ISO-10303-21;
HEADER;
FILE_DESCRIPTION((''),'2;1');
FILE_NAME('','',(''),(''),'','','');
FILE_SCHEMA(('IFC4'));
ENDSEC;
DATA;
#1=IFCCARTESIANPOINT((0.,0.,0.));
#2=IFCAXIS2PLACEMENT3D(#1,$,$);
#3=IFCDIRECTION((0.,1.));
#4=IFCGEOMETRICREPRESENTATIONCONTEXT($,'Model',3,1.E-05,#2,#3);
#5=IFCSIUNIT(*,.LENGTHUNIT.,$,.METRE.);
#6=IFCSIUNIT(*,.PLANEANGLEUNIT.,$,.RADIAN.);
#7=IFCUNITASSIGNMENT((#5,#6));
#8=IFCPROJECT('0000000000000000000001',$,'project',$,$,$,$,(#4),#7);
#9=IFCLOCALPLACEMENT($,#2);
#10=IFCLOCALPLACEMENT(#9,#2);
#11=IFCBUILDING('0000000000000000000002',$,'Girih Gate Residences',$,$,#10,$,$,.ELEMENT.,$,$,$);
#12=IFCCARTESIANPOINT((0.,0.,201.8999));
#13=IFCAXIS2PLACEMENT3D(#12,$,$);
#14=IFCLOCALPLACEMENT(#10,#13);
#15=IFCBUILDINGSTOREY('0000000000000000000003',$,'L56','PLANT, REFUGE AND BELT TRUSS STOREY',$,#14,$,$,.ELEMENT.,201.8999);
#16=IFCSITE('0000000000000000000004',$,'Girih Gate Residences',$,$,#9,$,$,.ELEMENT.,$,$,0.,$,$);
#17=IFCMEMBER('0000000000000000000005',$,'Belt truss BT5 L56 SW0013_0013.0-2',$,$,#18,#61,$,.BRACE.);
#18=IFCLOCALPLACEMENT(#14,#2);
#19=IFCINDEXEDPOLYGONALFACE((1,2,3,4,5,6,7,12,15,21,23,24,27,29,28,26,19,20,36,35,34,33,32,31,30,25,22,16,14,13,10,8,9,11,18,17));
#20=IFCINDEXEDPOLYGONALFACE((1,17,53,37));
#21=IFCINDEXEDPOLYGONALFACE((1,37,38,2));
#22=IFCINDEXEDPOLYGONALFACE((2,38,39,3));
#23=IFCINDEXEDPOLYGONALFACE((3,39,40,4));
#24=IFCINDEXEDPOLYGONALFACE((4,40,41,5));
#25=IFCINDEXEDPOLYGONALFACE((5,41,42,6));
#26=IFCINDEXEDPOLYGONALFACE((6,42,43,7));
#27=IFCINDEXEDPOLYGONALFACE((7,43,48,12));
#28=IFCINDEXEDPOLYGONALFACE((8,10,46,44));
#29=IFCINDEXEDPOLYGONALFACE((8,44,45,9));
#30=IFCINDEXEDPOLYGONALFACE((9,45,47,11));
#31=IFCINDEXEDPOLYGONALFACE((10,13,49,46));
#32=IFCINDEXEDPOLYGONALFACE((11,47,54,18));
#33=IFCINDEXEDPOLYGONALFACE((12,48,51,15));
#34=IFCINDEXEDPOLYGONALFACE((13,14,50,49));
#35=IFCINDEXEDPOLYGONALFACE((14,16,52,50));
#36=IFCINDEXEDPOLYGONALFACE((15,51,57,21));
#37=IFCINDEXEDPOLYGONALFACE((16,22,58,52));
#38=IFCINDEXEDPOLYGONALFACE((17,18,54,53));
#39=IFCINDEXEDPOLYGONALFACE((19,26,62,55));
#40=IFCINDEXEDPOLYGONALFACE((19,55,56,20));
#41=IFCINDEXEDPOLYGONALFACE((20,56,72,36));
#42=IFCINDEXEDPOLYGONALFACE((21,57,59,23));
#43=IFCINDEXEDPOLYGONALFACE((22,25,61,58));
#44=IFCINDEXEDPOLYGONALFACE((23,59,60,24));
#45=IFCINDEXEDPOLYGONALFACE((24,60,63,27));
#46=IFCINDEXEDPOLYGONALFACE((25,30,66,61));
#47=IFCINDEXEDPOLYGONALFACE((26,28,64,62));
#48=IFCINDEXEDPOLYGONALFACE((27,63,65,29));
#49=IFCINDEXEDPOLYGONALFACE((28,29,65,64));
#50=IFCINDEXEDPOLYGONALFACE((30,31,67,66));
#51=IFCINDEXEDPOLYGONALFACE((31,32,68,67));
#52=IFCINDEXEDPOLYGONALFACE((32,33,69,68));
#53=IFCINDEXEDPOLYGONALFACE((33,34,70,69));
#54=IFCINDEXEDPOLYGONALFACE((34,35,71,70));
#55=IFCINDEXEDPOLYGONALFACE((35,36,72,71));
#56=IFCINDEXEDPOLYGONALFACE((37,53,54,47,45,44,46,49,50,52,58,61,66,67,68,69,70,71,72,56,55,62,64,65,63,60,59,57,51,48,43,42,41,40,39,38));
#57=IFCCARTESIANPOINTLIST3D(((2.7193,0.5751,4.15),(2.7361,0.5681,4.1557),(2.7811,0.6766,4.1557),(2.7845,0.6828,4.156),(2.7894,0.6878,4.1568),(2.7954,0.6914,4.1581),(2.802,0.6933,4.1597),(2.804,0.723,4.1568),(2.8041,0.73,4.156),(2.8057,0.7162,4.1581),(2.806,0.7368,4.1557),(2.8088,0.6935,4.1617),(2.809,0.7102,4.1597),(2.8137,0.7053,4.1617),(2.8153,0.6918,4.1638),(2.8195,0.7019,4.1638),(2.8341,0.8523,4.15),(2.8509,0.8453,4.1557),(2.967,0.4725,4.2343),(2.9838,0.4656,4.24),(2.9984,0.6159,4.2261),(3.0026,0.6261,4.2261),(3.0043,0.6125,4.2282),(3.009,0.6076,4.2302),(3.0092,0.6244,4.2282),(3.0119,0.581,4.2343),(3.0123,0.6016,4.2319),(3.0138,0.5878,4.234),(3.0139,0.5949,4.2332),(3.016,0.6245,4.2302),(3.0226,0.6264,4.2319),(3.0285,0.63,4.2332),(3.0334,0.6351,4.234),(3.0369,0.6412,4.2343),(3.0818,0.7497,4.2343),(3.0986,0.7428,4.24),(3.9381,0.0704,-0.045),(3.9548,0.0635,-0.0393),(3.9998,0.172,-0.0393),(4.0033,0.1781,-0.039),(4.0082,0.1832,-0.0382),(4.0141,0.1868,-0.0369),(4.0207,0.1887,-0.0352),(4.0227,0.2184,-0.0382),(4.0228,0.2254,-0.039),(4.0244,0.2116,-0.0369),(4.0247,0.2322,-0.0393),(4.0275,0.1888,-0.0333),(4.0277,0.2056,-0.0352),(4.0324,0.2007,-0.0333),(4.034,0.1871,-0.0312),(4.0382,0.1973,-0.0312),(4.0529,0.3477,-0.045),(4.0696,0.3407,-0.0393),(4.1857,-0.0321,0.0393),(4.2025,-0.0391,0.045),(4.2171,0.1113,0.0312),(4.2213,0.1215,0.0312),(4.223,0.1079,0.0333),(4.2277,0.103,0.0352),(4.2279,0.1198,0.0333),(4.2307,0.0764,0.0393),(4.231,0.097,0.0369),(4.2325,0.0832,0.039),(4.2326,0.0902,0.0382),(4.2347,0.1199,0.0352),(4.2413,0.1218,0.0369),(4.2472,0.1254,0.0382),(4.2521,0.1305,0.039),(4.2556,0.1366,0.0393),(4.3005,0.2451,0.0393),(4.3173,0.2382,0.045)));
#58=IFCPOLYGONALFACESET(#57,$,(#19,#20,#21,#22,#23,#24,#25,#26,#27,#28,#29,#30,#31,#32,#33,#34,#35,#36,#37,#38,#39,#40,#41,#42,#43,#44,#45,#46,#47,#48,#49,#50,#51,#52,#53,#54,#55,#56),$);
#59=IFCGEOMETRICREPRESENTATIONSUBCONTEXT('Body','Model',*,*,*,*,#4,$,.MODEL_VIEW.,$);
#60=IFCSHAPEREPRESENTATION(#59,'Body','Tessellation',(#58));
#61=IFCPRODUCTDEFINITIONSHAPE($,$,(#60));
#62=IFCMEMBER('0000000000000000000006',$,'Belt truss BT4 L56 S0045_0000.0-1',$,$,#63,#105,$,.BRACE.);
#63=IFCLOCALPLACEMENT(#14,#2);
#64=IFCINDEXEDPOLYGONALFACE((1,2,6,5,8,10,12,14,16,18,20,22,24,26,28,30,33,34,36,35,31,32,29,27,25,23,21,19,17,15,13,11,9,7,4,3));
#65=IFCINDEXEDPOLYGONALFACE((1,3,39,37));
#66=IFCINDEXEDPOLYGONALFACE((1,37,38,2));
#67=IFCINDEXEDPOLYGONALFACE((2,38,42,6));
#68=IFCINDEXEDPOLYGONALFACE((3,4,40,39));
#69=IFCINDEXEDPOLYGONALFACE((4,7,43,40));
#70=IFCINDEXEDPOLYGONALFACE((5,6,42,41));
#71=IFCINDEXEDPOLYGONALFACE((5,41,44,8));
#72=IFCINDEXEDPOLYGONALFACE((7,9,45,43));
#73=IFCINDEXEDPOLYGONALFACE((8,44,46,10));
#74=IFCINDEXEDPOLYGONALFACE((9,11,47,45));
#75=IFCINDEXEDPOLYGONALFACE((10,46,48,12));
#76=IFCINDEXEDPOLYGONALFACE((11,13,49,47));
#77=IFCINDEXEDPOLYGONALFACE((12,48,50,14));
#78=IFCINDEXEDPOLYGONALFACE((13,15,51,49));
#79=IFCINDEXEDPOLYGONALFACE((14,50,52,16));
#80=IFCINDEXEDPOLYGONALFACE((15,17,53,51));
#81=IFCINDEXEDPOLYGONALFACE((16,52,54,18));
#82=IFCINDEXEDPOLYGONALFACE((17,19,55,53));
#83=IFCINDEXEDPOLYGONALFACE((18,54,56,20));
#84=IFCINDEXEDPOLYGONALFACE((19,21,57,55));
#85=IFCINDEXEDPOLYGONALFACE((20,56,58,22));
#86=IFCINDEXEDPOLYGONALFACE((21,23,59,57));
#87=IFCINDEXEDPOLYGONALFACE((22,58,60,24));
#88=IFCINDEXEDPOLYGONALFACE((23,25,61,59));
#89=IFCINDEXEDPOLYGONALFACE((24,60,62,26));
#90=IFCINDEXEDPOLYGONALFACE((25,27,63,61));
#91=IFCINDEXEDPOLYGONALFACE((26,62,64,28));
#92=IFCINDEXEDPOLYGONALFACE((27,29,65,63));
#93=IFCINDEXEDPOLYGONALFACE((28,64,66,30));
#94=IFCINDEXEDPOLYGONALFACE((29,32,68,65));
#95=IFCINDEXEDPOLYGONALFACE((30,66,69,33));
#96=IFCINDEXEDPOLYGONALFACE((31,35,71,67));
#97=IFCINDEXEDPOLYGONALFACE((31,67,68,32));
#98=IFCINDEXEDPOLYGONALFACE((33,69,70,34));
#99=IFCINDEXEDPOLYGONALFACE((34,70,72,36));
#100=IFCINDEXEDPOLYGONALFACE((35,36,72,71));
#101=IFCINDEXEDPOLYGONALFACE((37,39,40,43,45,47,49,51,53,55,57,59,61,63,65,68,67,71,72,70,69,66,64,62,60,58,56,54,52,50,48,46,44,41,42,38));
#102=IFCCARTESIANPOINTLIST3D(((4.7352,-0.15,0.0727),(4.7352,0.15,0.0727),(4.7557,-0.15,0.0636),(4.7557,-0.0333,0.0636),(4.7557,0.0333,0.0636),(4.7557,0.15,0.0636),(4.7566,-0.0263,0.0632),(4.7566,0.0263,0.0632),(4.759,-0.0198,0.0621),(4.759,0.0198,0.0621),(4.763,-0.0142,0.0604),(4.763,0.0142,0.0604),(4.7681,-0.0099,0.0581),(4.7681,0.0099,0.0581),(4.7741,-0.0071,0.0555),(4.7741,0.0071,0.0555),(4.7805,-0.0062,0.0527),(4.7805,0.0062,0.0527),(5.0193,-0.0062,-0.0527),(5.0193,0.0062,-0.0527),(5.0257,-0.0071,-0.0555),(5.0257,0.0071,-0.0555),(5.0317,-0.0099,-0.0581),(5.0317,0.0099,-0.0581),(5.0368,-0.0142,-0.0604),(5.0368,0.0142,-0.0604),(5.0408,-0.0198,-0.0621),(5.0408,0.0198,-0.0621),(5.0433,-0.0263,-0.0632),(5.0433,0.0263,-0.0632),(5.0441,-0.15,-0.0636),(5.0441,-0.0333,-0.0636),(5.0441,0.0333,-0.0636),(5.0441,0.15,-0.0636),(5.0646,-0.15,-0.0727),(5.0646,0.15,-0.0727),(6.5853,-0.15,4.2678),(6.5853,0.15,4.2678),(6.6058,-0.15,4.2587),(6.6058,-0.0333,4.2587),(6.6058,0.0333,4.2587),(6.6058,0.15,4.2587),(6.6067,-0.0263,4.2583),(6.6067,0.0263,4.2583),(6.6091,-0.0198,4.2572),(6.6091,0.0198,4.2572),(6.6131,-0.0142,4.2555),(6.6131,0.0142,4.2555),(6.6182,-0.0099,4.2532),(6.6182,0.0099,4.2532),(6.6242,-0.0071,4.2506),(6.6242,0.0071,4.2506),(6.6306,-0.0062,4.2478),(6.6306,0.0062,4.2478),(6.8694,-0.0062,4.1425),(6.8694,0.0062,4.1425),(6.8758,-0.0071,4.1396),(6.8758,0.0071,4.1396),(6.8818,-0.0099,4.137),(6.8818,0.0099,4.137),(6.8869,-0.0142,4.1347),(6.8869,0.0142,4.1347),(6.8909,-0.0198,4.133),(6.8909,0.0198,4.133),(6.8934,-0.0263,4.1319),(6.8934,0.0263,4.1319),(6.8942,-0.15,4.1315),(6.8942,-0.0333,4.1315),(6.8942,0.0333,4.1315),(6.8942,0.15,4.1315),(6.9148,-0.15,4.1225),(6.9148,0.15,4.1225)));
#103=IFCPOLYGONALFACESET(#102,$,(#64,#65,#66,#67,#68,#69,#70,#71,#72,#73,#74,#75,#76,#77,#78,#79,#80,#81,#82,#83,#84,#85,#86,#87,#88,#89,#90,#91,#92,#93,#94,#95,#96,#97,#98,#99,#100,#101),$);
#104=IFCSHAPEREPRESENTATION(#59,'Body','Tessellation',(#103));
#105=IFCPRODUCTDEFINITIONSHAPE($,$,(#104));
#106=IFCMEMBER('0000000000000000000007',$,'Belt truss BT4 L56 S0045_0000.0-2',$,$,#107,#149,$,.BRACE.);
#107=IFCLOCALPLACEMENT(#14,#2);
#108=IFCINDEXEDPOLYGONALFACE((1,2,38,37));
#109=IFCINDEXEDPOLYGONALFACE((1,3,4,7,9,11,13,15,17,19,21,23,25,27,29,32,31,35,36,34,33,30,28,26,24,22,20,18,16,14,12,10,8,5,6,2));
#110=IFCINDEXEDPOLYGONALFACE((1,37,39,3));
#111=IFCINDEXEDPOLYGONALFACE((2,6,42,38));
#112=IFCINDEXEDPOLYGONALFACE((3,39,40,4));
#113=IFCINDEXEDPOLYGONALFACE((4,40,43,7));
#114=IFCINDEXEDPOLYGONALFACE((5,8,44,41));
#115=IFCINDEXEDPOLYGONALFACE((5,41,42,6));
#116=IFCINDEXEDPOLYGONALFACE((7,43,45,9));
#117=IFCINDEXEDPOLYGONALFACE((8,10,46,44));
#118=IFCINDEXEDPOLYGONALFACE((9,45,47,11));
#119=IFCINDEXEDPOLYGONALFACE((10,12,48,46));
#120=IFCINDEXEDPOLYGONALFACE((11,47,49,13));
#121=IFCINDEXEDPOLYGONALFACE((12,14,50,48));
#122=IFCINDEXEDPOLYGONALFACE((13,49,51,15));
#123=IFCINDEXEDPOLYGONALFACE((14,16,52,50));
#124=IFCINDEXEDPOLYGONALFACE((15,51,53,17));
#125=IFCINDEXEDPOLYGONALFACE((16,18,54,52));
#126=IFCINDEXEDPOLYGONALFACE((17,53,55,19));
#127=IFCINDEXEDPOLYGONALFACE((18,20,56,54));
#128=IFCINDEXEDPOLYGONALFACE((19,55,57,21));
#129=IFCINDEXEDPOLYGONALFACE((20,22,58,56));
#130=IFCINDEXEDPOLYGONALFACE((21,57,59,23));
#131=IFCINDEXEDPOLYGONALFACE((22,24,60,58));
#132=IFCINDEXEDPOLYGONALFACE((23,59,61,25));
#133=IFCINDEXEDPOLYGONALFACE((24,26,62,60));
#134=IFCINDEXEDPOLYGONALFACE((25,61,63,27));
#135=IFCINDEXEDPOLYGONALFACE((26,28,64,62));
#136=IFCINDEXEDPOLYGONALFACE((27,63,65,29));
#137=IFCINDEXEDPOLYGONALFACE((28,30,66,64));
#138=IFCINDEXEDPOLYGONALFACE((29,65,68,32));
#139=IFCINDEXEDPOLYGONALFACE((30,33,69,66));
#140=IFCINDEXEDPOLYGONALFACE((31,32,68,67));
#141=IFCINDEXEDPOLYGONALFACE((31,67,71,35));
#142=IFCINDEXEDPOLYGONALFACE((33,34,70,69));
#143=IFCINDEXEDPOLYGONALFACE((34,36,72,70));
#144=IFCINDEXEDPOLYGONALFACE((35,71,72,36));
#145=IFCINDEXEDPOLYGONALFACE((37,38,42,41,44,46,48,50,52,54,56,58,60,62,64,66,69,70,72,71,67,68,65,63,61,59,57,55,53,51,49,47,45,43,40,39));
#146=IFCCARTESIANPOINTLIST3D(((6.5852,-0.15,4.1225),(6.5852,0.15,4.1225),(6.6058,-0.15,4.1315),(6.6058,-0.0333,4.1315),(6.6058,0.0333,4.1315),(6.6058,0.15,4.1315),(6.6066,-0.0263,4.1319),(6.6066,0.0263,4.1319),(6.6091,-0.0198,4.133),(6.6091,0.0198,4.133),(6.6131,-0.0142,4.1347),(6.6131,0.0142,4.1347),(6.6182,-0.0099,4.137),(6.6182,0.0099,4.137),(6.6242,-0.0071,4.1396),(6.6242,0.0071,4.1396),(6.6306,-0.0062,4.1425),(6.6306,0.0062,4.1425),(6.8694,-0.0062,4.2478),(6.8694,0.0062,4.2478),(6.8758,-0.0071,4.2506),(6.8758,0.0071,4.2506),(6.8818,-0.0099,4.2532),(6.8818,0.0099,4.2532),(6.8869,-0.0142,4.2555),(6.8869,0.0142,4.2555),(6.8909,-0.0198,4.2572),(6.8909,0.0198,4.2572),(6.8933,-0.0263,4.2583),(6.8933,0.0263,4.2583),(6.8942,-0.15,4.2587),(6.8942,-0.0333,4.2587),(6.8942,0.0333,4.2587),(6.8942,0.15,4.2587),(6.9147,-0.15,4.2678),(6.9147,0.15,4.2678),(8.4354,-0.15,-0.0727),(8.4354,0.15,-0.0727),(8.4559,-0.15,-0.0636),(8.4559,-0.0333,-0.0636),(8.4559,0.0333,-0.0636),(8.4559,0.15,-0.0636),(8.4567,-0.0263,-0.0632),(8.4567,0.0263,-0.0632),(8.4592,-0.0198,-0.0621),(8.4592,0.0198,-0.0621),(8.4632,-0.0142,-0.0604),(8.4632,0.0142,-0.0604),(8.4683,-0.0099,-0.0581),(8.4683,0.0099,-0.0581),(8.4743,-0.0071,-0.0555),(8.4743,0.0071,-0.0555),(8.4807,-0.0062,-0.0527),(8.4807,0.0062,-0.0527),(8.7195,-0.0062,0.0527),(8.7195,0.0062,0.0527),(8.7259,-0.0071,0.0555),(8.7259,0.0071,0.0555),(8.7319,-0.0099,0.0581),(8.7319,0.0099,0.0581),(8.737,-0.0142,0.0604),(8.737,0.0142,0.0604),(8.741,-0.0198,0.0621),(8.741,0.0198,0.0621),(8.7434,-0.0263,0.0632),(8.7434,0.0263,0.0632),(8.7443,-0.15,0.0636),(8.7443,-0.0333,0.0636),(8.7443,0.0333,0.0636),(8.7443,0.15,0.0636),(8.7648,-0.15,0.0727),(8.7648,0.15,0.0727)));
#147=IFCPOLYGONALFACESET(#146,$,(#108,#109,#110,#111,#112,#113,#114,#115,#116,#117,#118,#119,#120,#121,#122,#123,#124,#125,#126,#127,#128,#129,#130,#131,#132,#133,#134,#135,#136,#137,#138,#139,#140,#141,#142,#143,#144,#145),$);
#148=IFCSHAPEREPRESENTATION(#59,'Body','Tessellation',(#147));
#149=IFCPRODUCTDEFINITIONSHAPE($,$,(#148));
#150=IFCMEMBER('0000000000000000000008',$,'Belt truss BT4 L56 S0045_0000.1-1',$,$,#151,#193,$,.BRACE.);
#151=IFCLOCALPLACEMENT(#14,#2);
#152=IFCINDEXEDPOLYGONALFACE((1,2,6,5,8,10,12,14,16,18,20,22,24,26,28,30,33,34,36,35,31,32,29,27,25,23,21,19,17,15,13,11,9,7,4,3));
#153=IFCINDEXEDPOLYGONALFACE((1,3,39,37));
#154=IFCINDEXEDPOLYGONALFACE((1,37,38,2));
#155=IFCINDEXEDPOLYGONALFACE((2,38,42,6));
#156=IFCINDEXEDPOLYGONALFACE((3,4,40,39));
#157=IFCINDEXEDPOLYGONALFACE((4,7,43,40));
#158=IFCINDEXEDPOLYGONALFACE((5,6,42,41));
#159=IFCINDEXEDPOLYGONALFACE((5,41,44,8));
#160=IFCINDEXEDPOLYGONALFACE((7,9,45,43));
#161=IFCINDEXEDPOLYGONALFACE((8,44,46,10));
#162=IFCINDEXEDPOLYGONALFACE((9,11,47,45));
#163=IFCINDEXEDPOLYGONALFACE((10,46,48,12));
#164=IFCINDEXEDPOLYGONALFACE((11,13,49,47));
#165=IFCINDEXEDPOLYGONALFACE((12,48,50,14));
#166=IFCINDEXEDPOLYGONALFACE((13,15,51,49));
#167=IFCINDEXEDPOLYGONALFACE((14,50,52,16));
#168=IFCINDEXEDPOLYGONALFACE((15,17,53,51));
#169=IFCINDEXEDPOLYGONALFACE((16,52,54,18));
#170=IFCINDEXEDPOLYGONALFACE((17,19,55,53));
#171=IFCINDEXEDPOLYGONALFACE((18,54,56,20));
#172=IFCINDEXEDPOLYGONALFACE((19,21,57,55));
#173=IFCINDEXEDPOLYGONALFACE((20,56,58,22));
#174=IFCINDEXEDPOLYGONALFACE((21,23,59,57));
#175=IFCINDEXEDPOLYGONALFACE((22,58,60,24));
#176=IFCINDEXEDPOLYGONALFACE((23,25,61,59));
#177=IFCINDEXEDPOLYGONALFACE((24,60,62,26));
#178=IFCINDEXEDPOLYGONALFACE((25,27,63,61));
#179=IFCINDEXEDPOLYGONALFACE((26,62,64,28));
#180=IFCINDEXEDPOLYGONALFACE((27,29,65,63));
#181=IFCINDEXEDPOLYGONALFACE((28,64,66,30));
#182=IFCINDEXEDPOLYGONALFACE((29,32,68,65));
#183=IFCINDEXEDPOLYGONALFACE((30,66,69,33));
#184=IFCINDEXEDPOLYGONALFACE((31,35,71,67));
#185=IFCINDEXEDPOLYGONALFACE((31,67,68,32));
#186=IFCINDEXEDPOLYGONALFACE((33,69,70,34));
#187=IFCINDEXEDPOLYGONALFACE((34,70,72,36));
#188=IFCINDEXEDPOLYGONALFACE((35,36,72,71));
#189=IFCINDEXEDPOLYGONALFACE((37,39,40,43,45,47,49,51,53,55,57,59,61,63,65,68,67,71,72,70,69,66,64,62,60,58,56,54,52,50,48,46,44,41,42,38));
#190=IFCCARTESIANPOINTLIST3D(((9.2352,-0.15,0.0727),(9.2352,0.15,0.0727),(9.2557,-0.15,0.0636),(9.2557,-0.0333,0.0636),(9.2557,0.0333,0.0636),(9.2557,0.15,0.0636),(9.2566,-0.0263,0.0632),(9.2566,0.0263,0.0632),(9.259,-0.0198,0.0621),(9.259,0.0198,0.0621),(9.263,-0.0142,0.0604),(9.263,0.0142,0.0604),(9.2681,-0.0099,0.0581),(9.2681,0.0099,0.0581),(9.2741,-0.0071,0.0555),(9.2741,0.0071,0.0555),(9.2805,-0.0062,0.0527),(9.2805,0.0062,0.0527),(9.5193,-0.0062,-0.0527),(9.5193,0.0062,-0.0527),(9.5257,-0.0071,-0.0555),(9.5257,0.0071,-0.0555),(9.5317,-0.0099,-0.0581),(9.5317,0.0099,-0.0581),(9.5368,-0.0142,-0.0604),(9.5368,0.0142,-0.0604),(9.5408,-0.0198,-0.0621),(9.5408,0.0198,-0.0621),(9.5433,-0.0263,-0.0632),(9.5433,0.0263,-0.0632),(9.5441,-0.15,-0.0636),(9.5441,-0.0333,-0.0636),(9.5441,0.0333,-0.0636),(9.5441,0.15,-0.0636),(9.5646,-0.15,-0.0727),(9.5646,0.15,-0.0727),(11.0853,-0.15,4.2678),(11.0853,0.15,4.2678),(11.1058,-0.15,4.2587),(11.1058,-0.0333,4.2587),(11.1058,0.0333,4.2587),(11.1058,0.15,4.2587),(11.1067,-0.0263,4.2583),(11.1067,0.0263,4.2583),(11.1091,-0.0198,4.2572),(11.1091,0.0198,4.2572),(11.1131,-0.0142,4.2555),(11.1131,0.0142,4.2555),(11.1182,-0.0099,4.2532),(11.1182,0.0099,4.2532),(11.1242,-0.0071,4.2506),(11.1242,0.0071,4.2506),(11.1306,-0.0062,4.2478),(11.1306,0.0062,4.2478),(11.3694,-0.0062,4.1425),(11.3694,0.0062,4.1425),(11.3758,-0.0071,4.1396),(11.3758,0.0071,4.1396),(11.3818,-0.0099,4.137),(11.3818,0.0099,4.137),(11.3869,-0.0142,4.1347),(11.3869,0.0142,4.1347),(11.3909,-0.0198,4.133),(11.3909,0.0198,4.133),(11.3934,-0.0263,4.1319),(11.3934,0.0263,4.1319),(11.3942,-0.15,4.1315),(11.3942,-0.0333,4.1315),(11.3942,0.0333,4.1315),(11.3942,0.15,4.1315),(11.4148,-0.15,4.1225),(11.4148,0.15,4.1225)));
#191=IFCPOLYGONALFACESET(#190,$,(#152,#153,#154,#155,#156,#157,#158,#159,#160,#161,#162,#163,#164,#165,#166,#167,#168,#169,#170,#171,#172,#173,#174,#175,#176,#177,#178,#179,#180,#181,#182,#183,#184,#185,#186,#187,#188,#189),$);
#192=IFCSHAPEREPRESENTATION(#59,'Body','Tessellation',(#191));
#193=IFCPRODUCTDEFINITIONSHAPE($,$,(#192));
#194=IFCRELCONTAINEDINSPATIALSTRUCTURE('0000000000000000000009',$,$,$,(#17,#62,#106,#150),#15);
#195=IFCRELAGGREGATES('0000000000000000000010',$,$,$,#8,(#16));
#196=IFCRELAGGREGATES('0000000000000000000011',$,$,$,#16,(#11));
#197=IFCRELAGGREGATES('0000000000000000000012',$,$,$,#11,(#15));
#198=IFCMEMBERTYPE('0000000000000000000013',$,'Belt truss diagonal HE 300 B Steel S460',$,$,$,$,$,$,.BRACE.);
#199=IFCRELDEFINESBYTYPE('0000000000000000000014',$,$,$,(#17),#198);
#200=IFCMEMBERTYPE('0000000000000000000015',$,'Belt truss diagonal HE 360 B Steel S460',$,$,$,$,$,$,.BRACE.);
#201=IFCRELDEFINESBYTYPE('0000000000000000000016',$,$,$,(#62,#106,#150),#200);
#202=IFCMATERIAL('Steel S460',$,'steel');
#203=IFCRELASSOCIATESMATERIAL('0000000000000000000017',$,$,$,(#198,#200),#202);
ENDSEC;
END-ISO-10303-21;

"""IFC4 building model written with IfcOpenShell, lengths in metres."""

from ifc_helpers import new_model, si_unit, direction, frame, origin, origin_2d, place, context, subcontext, project, spatial, i_section, extrude, material, material_profile, profile_set, type_object, element, save


model = new_model("IFC4")

# Units and contexts
model_context = context("Model", 3, precision=1e-05, world=origin(), true_north=direction((0.0, 1.0)))
body_context = subcontext(model_context, "Body", "Model", "MODEL_VIEW")
ifc_project = project(units=[si_unit("LENGTHUNIT", "METRE"), si_unit("PLANEANGLEUNIT", "RADIAN")], contexts=[model_context])

# Site, building, storey
site_placement = place(None, origin())
site = spatial("IfcSite", under=ifc_project, at=site_placement, Name="Girih Gate Residences", CompositionType="ELEMENT", RefElevation=0.0)
building_placement = place(site_placement, origin())
building = spatial("IfcBuilding", under=site, at=building_placement, Name="Girih Gate Residences", CompositionType="ELEMENT")
storey_placement = place(building_placement, frame((0.0, 0.0, 201.8999)))
storey = spatial("IfcBuildingStorey", under=building, at=storey_placement, Name="L56", Description="PLANT, REFUGE AND BELT TRUSS STOREY", CompositionType="ELEMENT", Elevation=201.8999)

# Members
ifc_material_1 = material(Name="Steel S460", Category="steel")
ifc_material_profile_1 = material_profile(ifc_material_1, i_section(OverallWidth=0.3, OverallDepth=0.3, WebThickness=0.011, FlangeThickness=0.019, FilletRadius=0.0271, at=origin_2d()))
ifc_profile_set_1 = profile_set([ifc_material_profile_1], Name="Steel S460")
member_type_1 = type_object("IfcMemberType", Name="Belt truss diagonal HE 300 B Steel S460", PredefinedType="BRACE", material=ifc_profile_set_1)
member_1_placement = place(storey_placement, frame((4.1277, 0.1543, 0.0), z_axis=(-0.277142, 0.114754, 0.953952), x_axis=(-0.382564, -0.923929, 0.0)))
element("IfcMember", 1, at=member_1_placement, inside=storey, type_object=member_type_1, Name="Belt truss BT5 L56 SW0013_0013.0-2", PredefinedType="BRACE", context=body_context, shape_type="SweptSolid", body=[
    extrude(i_section(OverallWidth=0.3, OverallDepth=0.3, WebThickness=0.011, FlangeThickness=0.019, FilletRadius=0.0271, at=origin_2d()), origin(), (0.0, 0.0, 1.0), 4.3975),
])
ifc_material_profile_2 = material_profile(ifc_material_1, i_section(OverallWidth=0.3, OverallDepth=0.3601, WebThickness=0.0125, FlangeThickness=0.0225, FilletRadius=0.0271, at=origin_2d()))
ifc_profile_set_2 = profile_set([ifc_material_profile_2], Name="Steel S460")
member_type_2 = type_object("IfcMemberType", Name="Belt truss diagonal HE 360 B Steel S460", PredefinedType="BRACE", material=ifc_profile_set_2)
for number, where, z_axis, x_axis, name in (
    (2, (4.8999, 0.0, 0.0), (0.403518, 0.0, 0.914972), (0.0, 1.0, 0.0), "Belt truss BT4 L56 S0045_0000.0-1"),
    (3, (8.6001, 0.0, 0.0), (-0.403518, 0.0, 0.914972), (0.0, -1.0, 0.0), "Belt truss BT4 L56 S0045_0000.0-2"),
    (4, (9.3999, 0.0, 0.0), (0.403518, 0.0, 0.914972), (0.0, 1.0, 0.0), "Belt truss BT4 L56 S0045_0000.1-1"),
):
    element("IfcMember", number, at=place(storey_placement, frame(where, z_axis=z_axis, x_axis=x_axis)), inside=storey, type_object=member_type_2, Name=name, PredefinedType="BRACE", context=body_context, shape_type="SweptSolid", body=[
        extrude(i_section(OverallWidth=0.3, OverallDepth=0.3601, WebThickness=0.0125, FlangeThickness=0.0225, FilletRadius=0.0271, at=origin_2d()), origin(), (0.0, 0.0, 1.0), 4.585),
    ])

save(model, "model.ifc")
